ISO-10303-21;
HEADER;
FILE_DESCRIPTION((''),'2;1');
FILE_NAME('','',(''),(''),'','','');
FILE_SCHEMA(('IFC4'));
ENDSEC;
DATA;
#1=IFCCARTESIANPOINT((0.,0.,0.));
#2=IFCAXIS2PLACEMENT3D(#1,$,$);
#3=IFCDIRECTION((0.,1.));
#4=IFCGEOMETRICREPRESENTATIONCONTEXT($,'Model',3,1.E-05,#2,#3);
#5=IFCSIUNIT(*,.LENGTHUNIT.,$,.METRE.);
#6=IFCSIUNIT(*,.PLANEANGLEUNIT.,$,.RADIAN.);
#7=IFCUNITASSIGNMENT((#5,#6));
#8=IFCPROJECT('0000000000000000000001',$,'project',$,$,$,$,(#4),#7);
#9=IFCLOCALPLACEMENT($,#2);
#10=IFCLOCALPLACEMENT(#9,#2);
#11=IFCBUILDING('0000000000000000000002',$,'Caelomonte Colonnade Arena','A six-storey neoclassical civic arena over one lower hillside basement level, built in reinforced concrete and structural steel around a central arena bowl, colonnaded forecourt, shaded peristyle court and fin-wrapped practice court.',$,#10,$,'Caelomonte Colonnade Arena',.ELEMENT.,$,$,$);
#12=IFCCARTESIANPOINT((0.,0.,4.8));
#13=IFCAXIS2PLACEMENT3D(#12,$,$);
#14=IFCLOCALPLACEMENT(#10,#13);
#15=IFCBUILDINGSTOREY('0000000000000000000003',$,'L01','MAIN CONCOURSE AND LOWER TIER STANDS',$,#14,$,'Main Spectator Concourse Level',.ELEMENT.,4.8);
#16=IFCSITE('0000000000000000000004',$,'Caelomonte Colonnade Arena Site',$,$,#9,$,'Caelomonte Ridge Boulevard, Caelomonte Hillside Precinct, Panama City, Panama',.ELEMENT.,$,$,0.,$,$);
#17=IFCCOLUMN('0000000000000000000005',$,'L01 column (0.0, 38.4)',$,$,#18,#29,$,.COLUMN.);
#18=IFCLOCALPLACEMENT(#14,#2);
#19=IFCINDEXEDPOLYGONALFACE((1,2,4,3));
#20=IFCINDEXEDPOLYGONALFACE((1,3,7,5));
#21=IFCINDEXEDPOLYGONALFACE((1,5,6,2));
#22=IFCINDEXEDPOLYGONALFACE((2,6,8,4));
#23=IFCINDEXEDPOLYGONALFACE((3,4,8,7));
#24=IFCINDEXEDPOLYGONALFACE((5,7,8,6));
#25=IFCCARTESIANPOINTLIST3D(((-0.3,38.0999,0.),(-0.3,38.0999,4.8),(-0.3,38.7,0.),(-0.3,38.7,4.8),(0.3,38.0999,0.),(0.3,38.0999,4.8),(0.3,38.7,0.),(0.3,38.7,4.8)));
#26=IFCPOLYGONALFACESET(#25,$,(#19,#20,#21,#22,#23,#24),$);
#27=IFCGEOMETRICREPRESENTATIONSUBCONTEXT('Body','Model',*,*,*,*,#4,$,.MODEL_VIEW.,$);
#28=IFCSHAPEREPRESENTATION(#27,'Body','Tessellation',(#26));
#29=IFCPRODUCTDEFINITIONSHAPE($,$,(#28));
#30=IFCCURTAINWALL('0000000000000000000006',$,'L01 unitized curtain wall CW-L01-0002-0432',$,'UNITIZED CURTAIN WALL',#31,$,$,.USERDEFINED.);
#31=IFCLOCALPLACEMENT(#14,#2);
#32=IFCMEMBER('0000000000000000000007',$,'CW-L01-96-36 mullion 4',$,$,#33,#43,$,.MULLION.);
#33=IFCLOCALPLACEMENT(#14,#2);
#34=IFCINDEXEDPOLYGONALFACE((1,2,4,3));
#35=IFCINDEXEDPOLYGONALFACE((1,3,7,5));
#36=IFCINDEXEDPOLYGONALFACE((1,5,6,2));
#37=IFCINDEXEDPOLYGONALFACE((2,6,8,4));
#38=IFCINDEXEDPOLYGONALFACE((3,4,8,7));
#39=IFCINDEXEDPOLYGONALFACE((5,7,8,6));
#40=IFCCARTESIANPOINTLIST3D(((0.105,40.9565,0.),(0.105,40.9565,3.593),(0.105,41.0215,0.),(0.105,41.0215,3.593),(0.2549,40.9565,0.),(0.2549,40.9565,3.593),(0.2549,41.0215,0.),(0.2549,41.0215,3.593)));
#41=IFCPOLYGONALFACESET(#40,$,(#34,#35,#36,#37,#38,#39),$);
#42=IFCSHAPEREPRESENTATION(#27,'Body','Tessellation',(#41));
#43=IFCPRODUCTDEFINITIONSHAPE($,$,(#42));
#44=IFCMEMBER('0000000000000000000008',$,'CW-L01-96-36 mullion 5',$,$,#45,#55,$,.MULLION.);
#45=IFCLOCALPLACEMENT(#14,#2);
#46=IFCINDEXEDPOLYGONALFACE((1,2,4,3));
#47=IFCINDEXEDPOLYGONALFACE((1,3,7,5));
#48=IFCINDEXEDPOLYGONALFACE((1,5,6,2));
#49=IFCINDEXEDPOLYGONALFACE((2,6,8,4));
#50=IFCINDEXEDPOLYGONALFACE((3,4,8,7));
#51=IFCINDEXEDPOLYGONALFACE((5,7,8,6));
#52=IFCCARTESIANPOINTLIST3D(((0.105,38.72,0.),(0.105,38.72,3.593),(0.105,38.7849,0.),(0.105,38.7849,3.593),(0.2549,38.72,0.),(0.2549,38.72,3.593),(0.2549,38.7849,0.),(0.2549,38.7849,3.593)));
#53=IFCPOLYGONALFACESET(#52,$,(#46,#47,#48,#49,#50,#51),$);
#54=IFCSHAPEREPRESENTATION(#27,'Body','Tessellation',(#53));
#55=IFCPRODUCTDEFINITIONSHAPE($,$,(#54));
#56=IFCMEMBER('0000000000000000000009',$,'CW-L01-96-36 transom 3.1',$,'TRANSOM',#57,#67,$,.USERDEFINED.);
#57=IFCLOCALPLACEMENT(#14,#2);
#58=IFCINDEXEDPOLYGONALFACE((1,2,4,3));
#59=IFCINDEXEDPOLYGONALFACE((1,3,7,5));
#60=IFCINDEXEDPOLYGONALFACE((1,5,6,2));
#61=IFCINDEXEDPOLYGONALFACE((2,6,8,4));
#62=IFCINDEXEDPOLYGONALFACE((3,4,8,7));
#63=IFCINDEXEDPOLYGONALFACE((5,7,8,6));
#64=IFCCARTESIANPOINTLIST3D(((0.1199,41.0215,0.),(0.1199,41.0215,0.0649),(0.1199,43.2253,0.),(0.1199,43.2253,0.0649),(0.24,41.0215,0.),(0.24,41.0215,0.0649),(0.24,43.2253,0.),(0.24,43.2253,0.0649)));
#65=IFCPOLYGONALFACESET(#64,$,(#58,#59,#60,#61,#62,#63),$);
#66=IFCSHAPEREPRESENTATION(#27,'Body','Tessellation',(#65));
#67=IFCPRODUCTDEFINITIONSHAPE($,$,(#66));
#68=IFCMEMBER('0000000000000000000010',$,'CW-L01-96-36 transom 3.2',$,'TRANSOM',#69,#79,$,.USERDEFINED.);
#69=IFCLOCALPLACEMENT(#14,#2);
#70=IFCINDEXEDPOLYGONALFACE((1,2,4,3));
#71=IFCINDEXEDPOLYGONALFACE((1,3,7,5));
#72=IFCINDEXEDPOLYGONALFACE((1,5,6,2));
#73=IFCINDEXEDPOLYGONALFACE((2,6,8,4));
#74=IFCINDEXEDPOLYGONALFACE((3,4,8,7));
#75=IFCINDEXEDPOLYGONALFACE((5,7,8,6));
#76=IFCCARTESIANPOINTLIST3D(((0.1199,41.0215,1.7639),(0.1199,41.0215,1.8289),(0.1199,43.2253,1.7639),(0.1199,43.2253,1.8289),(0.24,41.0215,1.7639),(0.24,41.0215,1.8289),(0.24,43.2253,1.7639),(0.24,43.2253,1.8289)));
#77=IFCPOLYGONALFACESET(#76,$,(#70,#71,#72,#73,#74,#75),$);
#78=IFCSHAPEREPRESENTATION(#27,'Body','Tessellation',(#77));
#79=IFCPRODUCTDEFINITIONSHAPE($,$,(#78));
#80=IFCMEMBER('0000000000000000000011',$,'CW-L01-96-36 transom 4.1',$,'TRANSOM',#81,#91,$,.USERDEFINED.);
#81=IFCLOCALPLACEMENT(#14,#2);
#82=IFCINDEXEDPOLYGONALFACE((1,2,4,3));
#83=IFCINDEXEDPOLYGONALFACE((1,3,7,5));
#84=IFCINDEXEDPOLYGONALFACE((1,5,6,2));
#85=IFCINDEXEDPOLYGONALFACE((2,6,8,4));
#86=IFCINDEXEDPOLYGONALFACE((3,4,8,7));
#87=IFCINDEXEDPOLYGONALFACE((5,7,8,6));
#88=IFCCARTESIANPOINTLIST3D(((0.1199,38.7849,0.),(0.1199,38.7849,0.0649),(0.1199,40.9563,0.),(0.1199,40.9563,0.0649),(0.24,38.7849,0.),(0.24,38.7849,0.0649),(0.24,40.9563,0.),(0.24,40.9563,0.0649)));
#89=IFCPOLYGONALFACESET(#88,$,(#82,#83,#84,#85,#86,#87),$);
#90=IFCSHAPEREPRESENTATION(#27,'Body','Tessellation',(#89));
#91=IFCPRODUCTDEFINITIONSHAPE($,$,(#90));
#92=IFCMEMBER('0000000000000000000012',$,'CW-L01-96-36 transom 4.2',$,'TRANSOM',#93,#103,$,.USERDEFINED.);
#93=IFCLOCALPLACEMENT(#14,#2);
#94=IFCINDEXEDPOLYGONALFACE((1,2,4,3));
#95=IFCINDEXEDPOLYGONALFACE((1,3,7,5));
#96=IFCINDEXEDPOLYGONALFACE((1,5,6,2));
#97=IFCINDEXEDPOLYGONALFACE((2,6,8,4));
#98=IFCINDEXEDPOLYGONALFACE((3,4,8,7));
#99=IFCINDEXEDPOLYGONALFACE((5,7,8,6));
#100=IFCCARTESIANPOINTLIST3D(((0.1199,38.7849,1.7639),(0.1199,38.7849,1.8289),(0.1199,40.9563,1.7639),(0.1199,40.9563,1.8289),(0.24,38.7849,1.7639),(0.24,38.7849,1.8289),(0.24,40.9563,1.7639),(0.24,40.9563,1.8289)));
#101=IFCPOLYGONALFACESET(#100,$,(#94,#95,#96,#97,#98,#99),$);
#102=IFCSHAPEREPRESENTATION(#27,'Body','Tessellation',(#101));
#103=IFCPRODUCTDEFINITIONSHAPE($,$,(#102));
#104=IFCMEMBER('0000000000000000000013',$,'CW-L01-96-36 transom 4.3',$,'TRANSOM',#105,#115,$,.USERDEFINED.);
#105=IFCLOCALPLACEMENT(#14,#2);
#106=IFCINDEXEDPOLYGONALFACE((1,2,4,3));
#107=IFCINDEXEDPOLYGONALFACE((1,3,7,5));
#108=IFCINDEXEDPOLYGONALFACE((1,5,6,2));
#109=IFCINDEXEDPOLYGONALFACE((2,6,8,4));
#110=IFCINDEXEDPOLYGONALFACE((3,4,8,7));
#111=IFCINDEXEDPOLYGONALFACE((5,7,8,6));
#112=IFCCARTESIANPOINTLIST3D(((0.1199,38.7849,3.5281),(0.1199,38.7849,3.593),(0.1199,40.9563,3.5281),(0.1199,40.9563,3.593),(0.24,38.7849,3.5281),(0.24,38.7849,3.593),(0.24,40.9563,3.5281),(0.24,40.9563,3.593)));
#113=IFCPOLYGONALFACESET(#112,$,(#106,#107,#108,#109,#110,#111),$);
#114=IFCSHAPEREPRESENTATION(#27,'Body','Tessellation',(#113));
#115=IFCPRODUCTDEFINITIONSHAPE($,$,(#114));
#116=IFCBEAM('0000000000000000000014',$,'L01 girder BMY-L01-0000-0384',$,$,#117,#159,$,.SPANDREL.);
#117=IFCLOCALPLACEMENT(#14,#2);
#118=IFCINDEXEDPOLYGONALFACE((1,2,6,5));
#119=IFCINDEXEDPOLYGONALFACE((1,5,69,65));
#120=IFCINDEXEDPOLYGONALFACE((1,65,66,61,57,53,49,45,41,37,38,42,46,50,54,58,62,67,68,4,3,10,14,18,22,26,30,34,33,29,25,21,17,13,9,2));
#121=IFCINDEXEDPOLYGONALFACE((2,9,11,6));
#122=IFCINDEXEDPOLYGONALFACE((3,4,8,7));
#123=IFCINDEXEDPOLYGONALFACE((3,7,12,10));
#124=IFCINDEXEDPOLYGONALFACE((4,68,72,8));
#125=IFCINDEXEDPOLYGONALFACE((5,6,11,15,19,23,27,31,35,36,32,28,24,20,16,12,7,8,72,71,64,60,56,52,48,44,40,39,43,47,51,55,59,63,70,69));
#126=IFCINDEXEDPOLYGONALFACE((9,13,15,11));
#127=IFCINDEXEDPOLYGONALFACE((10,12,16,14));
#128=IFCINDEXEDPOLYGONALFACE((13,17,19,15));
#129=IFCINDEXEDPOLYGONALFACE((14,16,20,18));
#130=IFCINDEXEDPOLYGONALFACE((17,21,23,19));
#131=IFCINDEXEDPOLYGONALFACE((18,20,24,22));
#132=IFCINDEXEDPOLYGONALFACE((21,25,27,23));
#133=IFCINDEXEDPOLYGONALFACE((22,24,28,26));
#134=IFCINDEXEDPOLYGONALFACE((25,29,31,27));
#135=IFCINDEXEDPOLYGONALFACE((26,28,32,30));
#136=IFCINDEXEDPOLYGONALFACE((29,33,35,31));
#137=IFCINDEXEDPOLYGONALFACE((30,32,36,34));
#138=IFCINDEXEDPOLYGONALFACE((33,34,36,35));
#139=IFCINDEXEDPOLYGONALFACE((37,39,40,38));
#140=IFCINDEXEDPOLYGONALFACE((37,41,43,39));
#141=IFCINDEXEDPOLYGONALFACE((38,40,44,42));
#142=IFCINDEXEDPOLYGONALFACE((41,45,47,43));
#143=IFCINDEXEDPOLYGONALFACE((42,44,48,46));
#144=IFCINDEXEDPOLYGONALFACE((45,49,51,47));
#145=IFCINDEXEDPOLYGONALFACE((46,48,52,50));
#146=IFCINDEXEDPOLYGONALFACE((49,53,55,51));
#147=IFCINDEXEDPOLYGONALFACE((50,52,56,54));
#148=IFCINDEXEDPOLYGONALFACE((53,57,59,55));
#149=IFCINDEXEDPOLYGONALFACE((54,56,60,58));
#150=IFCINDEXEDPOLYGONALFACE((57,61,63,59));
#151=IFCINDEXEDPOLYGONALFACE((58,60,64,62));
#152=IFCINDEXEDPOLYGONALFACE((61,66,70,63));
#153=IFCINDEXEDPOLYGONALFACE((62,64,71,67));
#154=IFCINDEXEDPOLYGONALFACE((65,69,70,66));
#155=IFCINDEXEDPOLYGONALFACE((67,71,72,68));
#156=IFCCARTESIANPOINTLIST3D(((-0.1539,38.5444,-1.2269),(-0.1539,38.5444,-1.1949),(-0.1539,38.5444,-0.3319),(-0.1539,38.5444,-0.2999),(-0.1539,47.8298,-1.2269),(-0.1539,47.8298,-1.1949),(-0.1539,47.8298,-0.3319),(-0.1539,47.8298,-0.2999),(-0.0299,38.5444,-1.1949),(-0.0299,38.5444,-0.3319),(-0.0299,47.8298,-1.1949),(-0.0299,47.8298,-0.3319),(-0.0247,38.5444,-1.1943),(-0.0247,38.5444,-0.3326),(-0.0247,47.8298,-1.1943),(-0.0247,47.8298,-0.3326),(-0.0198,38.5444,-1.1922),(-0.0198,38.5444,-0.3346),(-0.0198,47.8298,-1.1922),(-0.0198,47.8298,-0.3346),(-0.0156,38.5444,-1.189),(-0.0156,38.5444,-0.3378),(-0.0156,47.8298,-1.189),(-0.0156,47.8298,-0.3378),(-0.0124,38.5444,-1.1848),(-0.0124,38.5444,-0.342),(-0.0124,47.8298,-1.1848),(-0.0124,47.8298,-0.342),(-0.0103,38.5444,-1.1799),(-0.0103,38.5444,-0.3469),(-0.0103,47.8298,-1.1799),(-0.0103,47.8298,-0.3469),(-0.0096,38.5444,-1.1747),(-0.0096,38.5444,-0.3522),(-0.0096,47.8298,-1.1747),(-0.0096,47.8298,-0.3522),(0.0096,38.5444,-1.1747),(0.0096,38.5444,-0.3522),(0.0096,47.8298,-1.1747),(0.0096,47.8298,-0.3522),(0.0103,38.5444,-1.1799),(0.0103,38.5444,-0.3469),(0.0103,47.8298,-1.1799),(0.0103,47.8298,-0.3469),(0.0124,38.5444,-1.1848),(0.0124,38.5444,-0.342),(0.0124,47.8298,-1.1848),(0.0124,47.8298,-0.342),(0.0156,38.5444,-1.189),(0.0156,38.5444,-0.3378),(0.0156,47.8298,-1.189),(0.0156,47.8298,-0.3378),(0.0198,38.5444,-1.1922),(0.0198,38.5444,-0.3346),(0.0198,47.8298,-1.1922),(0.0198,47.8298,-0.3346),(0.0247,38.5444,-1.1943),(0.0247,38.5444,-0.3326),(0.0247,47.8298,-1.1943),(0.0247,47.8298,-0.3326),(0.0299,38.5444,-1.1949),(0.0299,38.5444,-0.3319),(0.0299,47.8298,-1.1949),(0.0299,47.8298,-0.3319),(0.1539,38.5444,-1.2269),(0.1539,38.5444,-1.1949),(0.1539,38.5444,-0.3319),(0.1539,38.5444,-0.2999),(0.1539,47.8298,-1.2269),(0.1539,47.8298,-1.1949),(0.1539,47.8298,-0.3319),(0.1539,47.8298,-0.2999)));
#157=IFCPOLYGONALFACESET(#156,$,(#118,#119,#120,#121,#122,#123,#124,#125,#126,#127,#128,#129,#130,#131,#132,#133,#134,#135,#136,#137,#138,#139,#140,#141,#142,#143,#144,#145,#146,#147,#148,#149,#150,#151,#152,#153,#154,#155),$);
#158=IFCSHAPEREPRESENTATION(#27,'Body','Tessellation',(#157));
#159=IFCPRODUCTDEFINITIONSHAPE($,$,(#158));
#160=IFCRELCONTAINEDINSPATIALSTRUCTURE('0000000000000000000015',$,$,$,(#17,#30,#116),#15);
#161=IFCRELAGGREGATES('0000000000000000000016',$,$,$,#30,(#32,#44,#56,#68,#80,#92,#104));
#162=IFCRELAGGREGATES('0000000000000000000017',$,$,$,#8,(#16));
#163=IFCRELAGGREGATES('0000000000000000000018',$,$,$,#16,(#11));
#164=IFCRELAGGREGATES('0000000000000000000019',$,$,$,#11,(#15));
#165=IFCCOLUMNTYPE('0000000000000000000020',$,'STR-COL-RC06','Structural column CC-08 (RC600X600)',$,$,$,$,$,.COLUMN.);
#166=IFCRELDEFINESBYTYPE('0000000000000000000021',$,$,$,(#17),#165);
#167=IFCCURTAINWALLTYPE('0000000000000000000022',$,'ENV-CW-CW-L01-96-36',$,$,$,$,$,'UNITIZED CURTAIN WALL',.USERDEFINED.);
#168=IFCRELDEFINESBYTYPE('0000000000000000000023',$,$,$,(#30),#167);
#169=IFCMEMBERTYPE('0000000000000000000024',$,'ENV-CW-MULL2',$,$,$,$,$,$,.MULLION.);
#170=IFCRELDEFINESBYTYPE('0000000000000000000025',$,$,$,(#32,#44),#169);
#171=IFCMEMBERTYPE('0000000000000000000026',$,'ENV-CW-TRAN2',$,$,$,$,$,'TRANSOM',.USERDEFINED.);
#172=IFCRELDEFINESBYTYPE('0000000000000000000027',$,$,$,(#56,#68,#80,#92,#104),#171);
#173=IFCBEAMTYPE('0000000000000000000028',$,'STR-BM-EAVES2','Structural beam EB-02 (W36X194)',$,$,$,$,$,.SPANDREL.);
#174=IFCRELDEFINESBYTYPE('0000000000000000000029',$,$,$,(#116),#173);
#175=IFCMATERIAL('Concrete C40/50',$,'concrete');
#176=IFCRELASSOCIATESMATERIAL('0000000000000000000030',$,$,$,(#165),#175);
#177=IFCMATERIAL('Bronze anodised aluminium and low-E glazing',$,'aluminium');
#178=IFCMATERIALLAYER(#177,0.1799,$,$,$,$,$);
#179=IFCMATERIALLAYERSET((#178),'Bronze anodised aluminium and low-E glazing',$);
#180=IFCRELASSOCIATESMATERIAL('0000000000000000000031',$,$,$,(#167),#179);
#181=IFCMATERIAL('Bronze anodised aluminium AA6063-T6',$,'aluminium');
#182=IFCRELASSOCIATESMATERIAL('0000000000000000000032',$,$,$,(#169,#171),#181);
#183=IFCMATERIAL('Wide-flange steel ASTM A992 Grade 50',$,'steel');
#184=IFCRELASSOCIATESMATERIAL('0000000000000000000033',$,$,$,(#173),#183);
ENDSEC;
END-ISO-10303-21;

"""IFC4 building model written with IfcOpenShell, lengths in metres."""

from ifc_helpers import new_model, si_unit, direction, frame, origin, origin_2d, place, context, subcontext, project, spatial, rectangle, i_section, extrude, material, layer, layer_set, material_profile, profile_set, type_object, element, aggregate, save


model = new_model("IFC4")

# Units and contexts
model_context = context("Model", 3, precision=1e-05, world=origin(), true_north=direction((0.0, 1.0)))
body_context = subcontext(model_context, "Body", "Model", "MODEL_VIEW")
ifc_project = project(units=[si_unit("LENGTHUNIT", "METRE"), si_unit("PLANEANGLEUNIT", "RADIAN")], contexts=[model_context])

# Site, building, storey
site_placement = place(None, origin())
site = spatial("IfcSite", under=ifc_project, at=site_placement, Name="Caelomonte Colonnade Arena Site", LongName="Caelomonte Ridge Boulevard, Caelomonte Hillside Precinct, Panama City, Panama", CompositionType="ELEMENT", RefElevation=0.0)
building_placement = place(site_placement, origin())
building = spatial("IfcBuilding", under=site, at=building_placement, Name="Caelomonte Colonnade Arena", Description="A six-storey neoclassical civic arena over one lower hillside basement level, built in reinforced concrete and structural steel around a central arena bowl, colonnaded forecourt, shaded peristyle court and fin-wrapped practice court.", LongName="Caelomonte Colonnade Arena", CompositionType="ELEMENT")
storey_placement = place(building_placement, frame((0.0, 0.0, 4.8)))
storey = spatial("IfcBuildingStorey", under=building, at=storey_placement, Name="L01", Description="MAIN CONCOURSE AND LOWER TIER STANDS", LongName="Main Spectator Concourse Level", CompositionType="ELEMENT", Elevation=4.8)

# Column
ifc_material_1 = material(Name="Concrete C40/50", Category="concrete")
ifc_material_profile_1 = material_profile(ifc_material_1, rectangle(XDim=0.6001, YDim=0.6001, at=origin_2d()), Name="RC600X600")
ifc_profile_set_1 = profile_set([ifc_material_profile_1], Name="Concrete C40/50")
column_type = type_object("IfcColumnType", Name="STR-COL-RC06", Description="Structural column CC-08 (RC600X600)", PredefinedType="COLUMN", material=ifc_profile_set_1)
column_placement = place(storey_placement, frame((0.0, 38.3999, 0.0), z_axis=(0.0, 0.0, 1.0), x_axis=(1.0, 0.0, 0.0)))
element("IfcColumn", 1, at=column_placement, inside=storey, type_object=column_type, Name="L01 column (0.0, 38.4)", PredefinedType="COLUMN", context=body_context, shape_type="SweptSolid", body=[
    extrude(rectangle(XDim=0.6001, YDim=0.6001, at=origin_2d()), origin(), (0.0, 0.0, 1.0), 4.8),
])

# Curtain wall, members
ifc_material_2 = material(Name="Bronze anodised aluminium and low-E glazing", Category="aluminium")
ifc_layer_1 = layer(ifc_material_2, 0.1799)
ifc_layer_set_1 = layer_set([ifc_layer_1], Name="Bronze anodised aluminium and low-E glazing")
curtain_wall_type = type_object("IfcCurtainWallType", Name="ENV-CW-CW-L01-96-36", ElementType="UNITIZED CURTAIN WALL", PredefinedType="USERDEFINED", material=ifc_layer_set_1)
curtain_wall_placement = place(storey_placement, origin())
curtain_wall = element("IfcCurtainWall", 2, at=curtain_wall_placement, inside=storey, type_object=curtain_wall_type, Name="L01 unitized curtain wall CW-L01-0002-0432", ObjectType="UNITIZED CURTAIN WALL", PredefinedType="USERDEFINED")
ifc_material_3 = material(Name="Bronze anodised aluminium AA6063-T6", Category="aluminium")
ifc_material_profile_2 = material_profile(ifc_material_3, rectangle(XDim=0.0649, YDim=0.1499, at=origin_2d()), Name="CWM-65X150")
ifc_profile_set_2 = profile_set([ifc_material_profile_2], Name="Bronze anodised aluminium AA6063-T6")
member_type_1 = type_object("IfcMemberType", Name="ENV-CW-MULL2", PredefinedType="MULLION", material=ifc_profile_set_2)
member_1_placement = place(storey_placement, frame((0.1799, 40.989, 0.0), z_axis=(0.0, 0.0, 1.0), x_axis=(0.0, -1.0, 0.0)))
member_1 = element("IfcMember", 3, at=member_1_placement, type_object=member_type_1, Name="CW-L01-96-36 mullion 4", PredefinedType="MULLION", context=body_context, shape_type="SweptSolid", body=[
    extrude(rectangle(XDim=0.0649, YDim=0.1499, at=origin_2d()), origin(), (0.0, 0.0, 1.0), 3.593),
])
member_2_placement = place(storey_placement, frame((0.1799, 38.7524, 0.0), z_axis=(0.0, 0.0, 1.0), x_axis=(0.0, -1.0, 0.0)))
member_2 = element("IfcMember", 4, at=member_2_placement, type_object=member_type_1, Name="CW-L01-96-36 mullion 5", PredefinedType="MULLION", context=body_context, shape_type="SweptSolid", body=[
    extrude(rectangle(XDim=0.0649, YDim=0.1499, at=origin_2d()), origin(), (0.0, 0.0, 1.0), 3.593),
])
ifc_material_profile_3 = material_profile(ifc_material_3, rectangle(XDim=0.0649, YDim=0.1201, at=origin_2d()), Name="CWT-65X120")
ifc_profile_set_3 = profile_set([ifc_material_profile_3], Name="Bronze anodised aluminium AA6063-T6")
member_type_2 = type_object("IfcMemberType", Name="ENV-CW-TRAN2", ElementType="TRANSOM", PredefinedType="USERDEFINED", material=ifc_profile_set_3)
member_3_placement = place(storey_placement, frame((0.1799, 43.2253, 0.0325), z_axis=(0.0, -1.0, 0.0), x_axis=(0.0, 0.0, 1.0)))
member_3 = element("IfcMember", 5, at=member_3_placement, type_object=member_type_2, Name="CW-L01-96-36 transom 3.1", ObjectType="TRANSOM", PredefinedType="USERDEFINED", context=body_context, shape_type="SweptSolid", body=[
    extrude(rectangle(XDim=0.0649, YDim=0.1201, at=origin_2d()), origin(), (0.0, 0.0, 1.0), 2.2039),
])
member_4_placement = place(storey_placement, frame((0.1799, 43.2253, 1.7964), z_axis=(0.0, -1.0, 0.0), x_axis=(0.0, 0.0, 1.0)))
member_4 = element("IfcMember", 6, at=member_4_placement, type_object=member_type_2, Name="CW-L01-96-36 transom 3.2", ObjectType="TRANSOM", PredefinedType="USERDEFINED", context=body_context, shape_type="SweptSolid", body=[
    extrude(rectangle(XDim=0.0649, YDim=0.1201, at=origin_2d()), origin(), (0.0, 0.0, 1.0), 2.2039),
])
member_5_placement = place(storey_placement, frame((0.1799, 40.9563, 0.0325), z_axis=(0.0, -1.0, 0.0), x_axis=(0.0, 0.0, 1.0)))
member_5 = element("IfcMember", 7, at=member_5_placement, type_object=member_type_2, Name="CW-L01-96-36 transom 4.1", ObjectType="TRANSOM", PredefinedType="USERDEFINED", context=body_context, shape_type="SweptSolid", body=[
    extrude(rectangle(XDim=0.0649, YDim=0.1201, at=origin_2d()), origin(), (0.0, 0.0, 1.0), 2.1714),
])
member_6_placement = place(storey_placement, frame((0.1799, 40.9563, 1.7964), z_axis=(0.0, -1.0, 0.0), x_axis=(0.0, 0.0, 1.0)))
member_6 = element("IfcMember", 8, at=member_6_placement, type_object=member_type_2, Name="CW-L01-96-36 transom 4.2", ObjectType="TRANSOM", PredefinedType="USERDEFINED", context=body_context, shape_type="SweptSolid", body=[
    extrude(rectangle(XDim=0.0649, YDim=0.1201, at=origin_2d()), origin(), (0.0, 0.0, 1.0), 2.1714),
])
member_7_placement = place(storey_placement, frame((0.1799, 40.9563, 3.5605), z_axis=(0.0, -1.0, 0.0), x_axis=(0.0, 0.0, 1.0)))
member_7 = element("IfcMember", 9, at=member_7_placement, type_object=member_type_2, Name="CW-L01-96-36 transom 4.3", ObjectType="TRANSOM", PredefinedType="USERDEFINED", context=body_context, shape_type="SweptSolid", body=[
    extrude(rectangle(XDim=0.0649, YDim=0.1201, at=origin_2d()), origin(), (0.0, 0.0, 1.0), 2.1714),
])

# Beam
ifc_material_4 = material(Name="Wide-flange steel ASTM A992 Grade 50", Category="steel")
ifc_material_profile_4 = material_profile(ifc_material_4, i_section(OverallWidth=0.3079, OverallDepth=0.927, WebThickness=0.0193, FlangeThickness=0.032, FilletRadius=0.0203, at=origin_2d()), Name="W36X194")
ifc_profile_set_4 = profile_set([ifc_material_profile_4], Name="Wide-flange steel ASTM A992 Grade 50")
beam_type_1 = type_object("IfcBeamType", Name="STR-BM-EAVES2", Description="Structural beam EB-02 (W36X194)", PredefinedType="SPANDREL", material=ifc_profile_set_4)
beam_1_placement = place(storey_placement, frame((0.0, 38.5444, -0.7634), z_axis=(0.0, 1.0, 0.0), x_axis=(-1.0, 0.0, 0.0)))
element("IfcBeam", 10, at=beam_1_placement, inside=storey, type_object=beam_type_1, Name="L01 girder BMY-L01-0000-0384", PredefinedType="SPANDREL", context=body_context, shape_type="SweptSolid", body=[
    extrude(i_section(OverallWidth=0.3079, OverallDepth=0.927, WebThickness=0.0193, FlangeThickness=0.032, FilletRadius=0.0203, at=origin_2d()), origin(), (0.0, 0.0, 1.0), 9.2854),
])

aggregate(curtain_wall, [member_1, member_2, member_3, member_4, member_5, member_6, member_7])

save(model, "model.ifc")
